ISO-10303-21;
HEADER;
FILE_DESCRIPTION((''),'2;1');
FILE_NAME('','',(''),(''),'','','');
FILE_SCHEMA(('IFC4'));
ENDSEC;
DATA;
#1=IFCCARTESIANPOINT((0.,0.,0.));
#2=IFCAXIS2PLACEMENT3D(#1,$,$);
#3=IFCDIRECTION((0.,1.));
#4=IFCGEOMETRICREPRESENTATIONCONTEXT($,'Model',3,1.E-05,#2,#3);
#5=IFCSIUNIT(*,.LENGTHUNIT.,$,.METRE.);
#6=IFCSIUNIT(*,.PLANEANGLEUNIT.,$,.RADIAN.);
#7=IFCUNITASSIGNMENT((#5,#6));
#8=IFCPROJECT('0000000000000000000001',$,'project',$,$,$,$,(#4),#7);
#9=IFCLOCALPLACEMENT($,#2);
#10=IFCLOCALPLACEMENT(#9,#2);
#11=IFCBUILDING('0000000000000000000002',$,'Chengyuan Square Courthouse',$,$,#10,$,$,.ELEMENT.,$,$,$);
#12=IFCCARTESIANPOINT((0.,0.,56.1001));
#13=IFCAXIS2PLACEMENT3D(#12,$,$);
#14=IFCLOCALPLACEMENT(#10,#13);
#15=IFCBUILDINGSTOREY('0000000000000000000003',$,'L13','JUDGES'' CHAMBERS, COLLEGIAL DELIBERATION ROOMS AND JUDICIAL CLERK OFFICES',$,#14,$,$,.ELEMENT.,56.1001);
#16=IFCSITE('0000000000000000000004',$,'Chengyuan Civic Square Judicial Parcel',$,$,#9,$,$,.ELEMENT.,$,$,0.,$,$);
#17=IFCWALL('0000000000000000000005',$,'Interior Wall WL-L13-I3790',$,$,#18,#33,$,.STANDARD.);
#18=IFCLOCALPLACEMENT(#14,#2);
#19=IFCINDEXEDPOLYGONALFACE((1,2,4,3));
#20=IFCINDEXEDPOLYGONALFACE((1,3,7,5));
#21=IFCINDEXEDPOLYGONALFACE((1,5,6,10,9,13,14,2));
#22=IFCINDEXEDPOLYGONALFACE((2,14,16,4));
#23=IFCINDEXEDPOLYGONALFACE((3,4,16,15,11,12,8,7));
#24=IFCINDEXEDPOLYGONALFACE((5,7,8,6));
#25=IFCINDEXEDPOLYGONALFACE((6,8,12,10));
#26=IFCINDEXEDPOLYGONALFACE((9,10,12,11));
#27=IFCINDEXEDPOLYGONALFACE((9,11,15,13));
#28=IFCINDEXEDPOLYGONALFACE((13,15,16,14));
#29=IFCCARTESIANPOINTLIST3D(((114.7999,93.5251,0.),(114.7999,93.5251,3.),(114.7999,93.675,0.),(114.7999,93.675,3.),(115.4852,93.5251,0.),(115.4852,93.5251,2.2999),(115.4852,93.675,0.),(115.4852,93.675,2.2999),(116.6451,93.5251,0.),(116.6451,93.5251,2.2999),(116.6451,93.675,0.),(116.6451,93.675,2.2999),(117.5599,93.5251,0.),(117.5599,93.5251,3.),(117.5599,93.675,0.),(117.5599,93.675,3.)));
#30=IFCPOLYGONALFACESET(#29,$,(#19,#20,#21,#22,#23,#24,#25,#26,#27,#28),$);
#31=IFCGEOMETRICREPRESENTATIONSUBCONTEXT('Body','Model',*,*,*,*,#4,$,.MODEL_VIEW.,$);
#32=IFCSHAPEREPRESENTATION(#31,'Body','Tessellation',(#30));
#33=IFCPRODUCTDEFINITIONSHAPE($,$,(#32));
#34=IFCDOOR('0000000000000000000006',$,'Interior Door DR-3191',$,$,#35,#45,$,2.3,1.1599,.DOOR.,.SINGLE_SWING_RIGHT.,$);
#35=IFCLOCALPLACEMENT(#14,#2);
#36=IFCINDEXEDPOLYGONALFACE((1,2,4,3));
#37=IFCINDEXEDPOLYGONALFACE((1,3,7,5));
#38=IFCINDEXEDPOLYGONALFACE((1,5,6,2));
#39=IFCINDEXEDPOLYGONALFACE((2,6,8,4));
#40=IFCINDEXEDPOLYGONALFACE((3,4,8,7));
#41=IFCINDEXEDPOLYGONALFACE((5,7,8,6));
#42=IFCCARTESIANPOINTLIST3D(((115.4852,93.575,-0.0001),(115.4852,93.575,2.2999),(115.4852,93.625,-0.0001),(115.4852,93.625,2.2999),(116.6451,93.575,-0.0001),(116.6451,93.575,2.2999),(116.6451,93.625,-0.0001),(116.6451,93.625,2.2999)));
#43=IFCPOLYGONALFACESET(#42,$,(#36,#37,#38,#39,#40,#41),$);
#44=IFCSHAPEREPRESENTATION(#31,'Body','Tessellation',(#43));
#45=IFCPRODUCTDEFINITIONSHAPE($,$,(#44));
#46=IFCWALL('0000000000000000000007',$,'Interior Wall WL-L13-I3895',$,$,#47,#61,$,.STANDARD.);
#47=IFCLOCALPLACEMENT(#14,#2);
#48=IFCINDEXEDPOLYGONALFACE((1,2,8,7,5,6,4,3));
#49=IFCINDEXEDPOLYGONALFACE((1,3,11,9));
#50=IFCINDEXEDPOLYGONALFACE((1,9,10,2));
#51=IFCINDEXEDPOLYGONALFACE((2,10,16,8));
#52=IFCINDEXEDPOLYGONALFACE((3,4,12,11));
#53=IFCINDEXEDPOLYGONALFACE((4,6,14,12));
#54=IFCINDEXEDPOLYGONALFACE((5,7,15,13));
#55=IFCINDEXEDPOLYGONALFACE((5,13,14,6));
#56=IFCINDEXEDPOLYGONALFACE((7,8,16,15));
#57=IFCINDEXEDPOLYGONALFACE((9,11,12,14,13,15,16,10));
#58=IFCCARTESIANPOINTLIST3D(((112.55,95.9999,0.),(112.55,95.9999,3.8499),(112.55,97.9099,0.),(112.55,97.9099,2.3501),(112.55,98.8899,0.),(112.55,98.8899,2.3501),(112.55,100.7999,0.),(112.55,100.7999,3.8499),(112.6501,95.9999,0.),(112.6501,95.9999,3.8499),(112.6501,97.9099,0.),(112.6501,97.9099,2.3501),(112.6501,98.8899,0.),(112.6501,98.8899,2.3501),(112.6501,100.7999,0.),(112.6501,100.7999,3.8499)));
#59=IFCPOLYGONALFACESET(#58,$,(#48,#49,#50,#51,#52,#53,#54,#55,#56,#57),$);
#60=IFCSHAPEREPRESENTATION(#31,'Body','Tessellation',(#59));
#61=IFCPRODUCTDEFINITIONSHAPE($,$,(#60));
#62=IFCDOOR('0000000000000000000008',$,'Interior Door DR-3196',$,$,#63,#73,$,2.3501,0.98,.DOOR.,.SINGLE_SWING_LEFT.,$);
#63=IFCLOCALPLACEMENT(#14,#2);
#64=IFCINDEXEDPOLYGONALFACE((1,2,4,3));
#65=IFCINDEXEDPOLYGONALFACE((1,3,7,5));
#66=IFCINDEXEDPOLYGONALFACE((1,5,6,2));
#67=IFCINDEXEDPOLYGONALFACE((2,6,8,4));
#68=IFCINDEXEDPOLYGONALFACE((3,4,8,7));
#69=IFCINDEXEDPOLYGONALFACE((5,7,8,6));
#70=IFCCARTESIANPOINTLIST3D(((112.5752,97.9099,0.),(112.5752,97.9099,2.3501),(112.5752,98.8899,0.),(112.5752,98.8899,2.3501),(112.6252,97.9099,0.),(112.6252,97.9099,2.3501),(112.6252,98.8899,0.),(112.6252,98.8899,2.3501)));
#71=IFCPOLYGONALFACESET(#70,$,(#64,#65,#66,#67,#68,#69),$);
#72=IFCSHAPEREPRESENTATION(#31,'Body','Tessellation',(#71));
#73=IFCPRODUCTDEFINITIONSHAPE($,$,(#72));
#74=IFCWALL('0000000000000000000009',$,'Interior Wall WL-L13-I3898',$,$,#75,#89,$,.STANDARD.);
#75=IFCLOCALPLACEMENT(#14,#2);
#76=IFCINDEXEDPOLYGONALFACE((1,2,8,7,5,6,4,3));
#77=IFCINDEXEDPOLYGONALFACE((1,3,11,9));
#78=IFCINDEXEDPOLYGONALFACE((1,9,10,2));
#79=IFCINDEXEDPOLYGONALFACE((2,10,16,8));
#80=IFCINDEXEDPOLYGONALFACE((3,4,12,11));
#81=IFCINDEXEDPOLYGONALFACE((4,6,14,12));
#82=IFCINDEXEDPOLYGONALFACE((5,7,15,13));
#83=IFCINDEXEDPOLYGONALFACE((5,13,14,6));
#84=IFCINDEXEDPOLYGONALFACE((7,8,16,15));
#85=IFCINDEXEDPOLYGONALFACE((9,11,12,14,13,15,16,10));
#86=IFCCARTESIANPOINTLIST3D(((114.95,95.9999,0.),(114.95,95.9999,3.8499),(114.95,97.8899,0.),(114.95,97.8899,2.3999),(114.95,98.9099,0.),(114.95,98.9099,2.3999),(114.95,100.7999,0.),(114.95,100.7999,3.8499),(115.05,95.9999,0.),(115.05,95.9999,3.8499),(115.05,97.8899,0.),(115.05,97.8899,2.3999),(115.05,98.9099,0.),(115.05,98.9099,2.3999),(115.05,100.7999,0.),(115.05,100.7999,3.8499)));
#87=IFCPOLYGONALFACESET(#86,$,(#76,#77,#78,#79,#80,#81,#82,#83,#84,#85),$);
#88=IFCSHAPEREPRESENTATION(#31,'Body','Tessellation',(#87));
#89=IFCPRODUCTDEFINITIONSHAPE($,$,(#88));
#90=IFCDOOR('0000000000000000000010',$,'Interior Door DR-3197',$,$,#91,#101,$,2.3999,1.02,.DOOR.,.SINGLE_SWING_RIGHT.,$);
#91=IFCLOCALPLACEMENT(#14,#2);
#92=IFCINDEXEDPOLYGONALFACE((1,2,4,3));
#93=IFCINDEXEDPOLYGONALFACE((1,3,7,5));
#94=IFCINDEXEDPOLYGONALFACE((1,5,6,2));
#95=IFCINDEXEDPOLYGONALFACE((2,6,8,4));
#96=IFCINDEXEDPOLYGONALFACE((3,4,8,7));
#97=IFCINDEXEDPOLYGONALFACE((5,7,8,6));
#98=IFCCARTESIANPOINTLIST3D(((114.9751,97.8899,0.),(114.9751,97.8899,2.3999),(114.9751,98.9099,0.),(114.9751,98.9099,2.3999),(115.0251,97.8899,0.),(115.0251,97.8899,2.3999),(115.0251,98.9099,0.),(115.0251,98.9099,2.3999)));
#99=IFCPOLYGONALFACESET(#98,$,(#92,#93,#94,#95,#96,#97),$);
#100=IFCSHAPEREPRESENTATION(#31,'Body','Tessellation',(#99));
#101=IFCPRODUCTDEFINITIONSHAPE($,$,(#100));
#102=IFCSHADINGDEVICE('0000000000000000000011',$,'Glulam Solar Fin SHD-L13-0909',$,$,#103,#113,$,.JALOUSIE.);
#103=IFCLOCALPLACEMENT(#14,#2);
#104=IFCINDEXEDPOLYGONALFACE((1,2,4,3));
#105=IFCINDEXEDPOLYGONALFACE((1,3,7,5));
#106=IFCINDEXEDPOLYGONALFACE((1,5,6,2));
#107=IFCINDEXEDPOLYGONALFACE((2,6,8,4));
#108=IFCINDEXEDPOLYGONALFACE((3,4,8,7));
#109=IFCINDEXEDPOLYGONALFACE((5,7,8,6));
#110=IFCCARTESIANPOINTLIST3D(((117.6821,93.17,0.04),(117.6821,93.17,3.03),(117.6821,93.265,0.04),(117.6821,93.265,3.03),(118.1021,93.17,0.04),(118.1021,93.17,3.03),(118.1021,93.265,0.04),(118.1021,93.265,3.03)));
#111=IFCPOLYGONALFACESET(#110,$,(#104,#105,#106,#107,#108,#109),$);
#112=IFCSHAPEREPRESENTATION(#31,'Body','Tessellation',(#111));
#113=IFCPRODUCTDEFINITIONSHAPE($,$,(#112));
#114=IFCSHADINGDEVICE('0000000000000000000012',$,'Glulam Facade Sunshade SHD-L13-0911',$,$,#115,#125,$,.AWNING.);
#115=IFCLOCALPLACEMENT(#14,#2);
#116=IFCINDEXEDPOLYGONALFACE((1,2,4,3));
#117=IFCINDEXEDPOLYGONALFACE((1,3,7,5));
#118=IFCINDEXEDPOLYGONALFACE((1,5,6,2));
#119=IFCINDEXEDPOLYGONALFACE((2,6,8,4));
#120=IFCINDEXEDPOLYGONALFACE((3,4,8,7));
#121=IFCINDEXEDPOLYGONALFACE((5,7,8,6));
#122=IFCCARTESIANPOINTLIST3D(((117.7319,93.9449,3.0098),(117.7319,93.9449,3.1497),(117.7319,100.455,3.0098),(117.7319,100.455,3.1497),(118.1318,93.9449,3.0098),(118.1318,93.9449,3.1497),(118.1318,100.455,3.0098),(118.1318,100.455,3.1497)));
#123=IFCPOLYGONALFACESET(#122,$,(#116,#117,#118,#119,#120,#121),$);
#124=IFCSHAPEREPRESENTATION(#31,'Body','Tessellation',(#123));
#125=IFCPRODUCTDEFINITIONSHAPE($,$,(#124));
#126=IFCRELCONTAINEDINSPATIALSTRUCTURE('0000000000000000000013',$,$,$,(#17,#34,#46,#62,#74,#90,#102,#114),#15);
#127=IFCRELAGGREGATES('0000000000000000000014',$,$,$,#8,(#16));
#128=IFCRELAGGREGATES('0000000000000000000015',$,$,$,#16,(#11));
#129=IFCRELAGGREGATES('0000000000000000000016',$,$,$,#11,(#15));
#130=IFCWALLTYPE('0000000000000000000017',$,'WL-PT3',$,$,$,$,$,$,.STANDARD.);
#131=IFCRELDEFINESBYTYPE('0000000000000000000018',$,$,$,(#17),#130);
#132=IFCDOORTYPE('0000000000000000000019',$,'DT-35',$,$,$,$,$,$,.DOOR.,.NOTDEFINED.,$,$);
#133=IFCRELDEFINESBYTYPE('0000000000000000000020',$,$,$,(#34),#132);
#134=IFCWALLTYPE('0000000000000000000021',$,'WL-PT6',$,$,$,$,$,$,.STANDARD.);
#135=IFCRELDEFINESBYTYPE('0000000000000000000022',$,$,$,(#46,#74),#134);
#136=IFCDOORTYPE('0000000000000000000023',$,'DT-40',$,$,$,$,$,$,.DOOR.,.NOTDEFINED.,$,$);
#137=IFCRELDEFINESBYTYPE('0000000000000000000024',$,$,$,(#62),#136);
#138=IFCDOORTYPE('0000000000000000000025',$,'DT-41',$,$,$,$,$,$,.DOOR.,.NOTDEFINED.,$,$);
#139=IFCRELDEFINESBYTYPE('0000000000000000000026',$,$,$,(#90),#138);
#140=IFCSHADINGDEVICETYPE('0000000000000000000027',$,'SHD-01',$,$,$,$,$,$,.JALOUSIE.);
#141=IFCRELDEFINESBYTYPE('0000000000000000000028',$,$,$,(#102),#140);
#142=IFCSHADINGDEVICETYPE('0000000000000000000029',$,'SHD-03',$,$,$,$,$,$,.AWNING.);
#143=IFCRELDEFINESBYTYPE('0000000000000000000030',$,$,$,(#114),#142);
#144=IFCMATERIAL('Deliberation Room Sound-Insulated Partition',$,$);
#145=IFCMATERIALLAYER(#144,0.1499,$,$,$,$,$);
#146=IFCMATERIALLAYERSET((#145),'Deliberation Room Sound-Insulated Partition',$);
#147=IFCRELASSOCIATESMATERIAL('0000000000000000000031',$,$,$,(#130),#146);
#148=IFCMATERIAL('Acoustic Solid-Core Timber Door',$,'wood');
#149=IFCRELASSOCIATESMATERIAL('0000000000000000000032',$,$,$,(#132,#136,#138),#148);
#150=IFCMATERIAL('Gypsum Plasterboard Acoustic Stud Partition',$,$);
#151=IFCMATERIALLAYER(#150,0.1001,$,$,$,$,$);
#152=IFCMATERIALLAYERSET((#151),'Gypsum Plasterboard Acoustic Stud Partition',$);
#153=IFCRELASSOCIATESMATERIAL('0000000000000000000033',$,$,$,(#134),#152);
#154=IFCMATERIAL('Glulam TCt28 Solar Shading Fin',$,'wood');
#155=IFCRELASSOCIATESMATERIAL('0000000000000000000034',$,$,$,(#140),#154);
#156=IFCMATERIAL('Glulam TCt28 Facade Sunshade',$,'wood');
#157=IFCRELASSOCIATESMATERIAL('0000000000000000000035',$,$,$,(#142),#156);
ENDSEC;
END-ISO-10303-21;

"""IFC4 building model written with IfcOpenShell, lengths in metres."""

from ifc_helpers import new_model, si_unit, direction, frame, frame_2d, origin, origin_2d, place, context, subcontext, project, spatial, rectangle, extrude, material, layer, layer_set, type_object, element, fill, save


model = new_model("IFC4")

# Units and contexts
model_context = context("Model", 3, precision=1e-05, world=origin(), true_north=direction((0.0, 1.0)))
body_context = subcontext(model_context, "Body", "Model", "MODEL_VIEW")
ifc_project = project(units=[si_unit("LENGTHUNIT", "METRE"), si_unit("PLANEANGLEUNIT", "RADIAN")], contexts=[model_context])

# Site, building, storey
site_placement = place(None, origin())
site = spatial("IfcSite", under=ifc_project, at=site_placement, Name="Chengyuan Civic Square Judicial Parcel", CompositionType="ELEMENT", RefElevation=0.0)
building_placement = place(site_placement, origin())
building = spatial("IfcBuilding", under=site, at=building_placement, Name="Chengyuan Square Courthouse", CompositionType="ELEMENT")
storey_placement = place(building_placement, frame((0.0, 0.0, 56.1001)))
storey = spatial("IfcBuildingStorey", under=building, at=storey_placement, Name="L13", Description="JUDGES' CHAMBERS, COLLEGIAL DELIBERATION ROOMS AND JUDICIAL CLERK OFFICES", CompositionType="ELEMENT", Elevation=56.1001)

# Walls, openings, doors
ifc_material_1 = material(Name="Deliberation Room Sound-Insulated Partition")
ifc_layer_1 = layer(ifc_material_1, 0.1499)
ifc_layer_set_1 = layer_set([ifc_layer_1], Name="Deliberation Room Sound-Insulated Partition")
wall_type_1 = type_object("IfcWallType", Name="WL-PT3", PredefinedType="STANDARD", material=ifc_layer_set_1)
wall_1_placement = place(storey_placement, frame((114.8, 93.6001, 0.0), z_axis=(0.0, 0.0, 1.0), x_axis=(1.0, 0.0, 0.0)))
wall_1 = element("IfcWall", 1, at=wall_1_placement, inside=storey, type_object=wall_type_1, Name="Interior Wall WL-L13-I3790", PredefinedType="STANDARD", context=body_context, shape_type="SweptSolid", body=[
    extrude(rectangle(XDim=2.76, YDim=0.1499, at=frame_2d((1.3799, 0.0))), origin(), (0.0, 0.0, 1.0), 3.0),
])
opening_1_placement = place(wall_1_placement, frame((0.6851, 0.0, 0.0)))
opening_1 = element("IfcOpeningElement", 2, at=opening_1_placement, cuts=wall_1, PredefinedType="OPENING", context=body_context, shape_type="SweptSolid", body=[
    extrude(rectangle(XDim=1.1599, YDim=2.3, at=frame_2d((0.5801, 1.1499))), frame((0.0, 0.0869, 0.0), z_axis=(0.0, -1.0, 0.0), x_axis=(1.0, 0.0, 0.0)), (0.0, 0.0, 1.0), 0.1738),
])
ifc_material_2 = material(Name="Acoustic Solid-Core Timber Door", Category="wood")
door_type_1 = type_object("IfcDoorType", Name="DT-35", OperationType="NOTDEFINED", PredefinedType="DOOR", material=ifc_material_2)
door_1_placement = place(opening_1_placement, origin())
door_1 = element("IfcDoor", 3, at=door_1_placement, inside=storey, type_object=door_type_1, Name="Interior Door DR-3191", OperationType="SINGLE_SWING_RIGHT", OverallHeight=2.3, OverallWidth=1.1599, PredefinedType="DOOR", context=body_context, shape_type="SweptSolid", body=[
    extrude(rectangle(XDim=1.1599, YDim=2.3, at=frame_2d((0.5801, 1.1499))), frame((0.0, 0.0249, 0.0), z_axis=(0.0, -1.0, 0.0), x_axis=(1.0, 0.0, 0.0)), (0.0, 0.0, 1.0), 0.05),
])
fill(opening_1, door_1)
ifc_material_3 = material(Name="Gypsum Plasterboard Acoustic Stud Partition")
ifc_layer_2 = layer(ifc_material_3, 0.1001)
ifc_layer_set_2 = layer_set([ifc_layer_2], Name="Gypsum Plasterboard Acoustic Stud Partition")
wall_type_2 = type_object("IfcWallType", Name="WL-PT6", PredefinedType="STANDARD", material=ifc_layer_set_2)
wall_2_placement = place(storey_placement, frame((112.6001, 96.0, 0.0), z_axis=(0.0, 0.0, 1.0), x_axis=(0.0, 1.0, 0.0)))
wall_2 = element("IfcWall", 4, at=wall_2_placement, inside=storey, type_object=wall_type_2, Name="Interior Wall WL-L13-I3895", PredefinedType="STANDARD", context=body_context, shape_type="SweptSolid", body=[
    extrude(rectangle(XDim=4.8, YDim=0.1001, at=frame_2d((2.3999, 0.0))), origin(), (0.0, 0.0, 1.0), 3.8499),
])
opening_2_placement = place(wall_2_placement, frame((1.9099, 0.0, 0.0)))
opening_2 = element("IfcOpeningElement", 5, at=opening_2_placement, cuts=wall_2, PredefinedType="OPENING", context=body_context, shape_type="SweptSolid", body=[
    extrude(rectangle(XDim=0.98, YDim=2.3501, at=frame_2d((0.49, 1.175))), frame((0.0, 0.062, 0.0), z_axis=(0.0, -1.0, 0.0), x_axis=(1.0, 0.0, 0.0)), (0.0, 0.0, 1.0), 0.124),
])
door_type_2 = type_object("IfcDoorType", Name="DT-40", OperationType="NOTDEFINED", PredefinedType="DOOR", material=ifc_material_2)
door_2_placement = place(opening_2_placement, origin())
door_2 = element("IfcDoor", 6, at=door_2_placement, inside=storey, type_object=door_type_2, Name="Interior Door DR-3196", OperationType="SINGLE_SWING_LEFT", OverallHeight=2.3501, OverallWidth=0.98, PredefinedType="DOOR", context=body_context, shape_type="SweptSolid", body=[
    extrude(rectangle(XDim=0.98, YDim=2.3501, at=frame_2d((0.49, 1.175))), frame((0.0, 0.0249, 0.0), z_axis=(0.0, -1.0, 0.0), x_axis=(1.0, 0.0, 0.0)), (0.0, 0.0, 1.0), 0.05),
])
fill(opening_2, door_2)
wall_3_placement = place(storey_placement, frame((115.0, 96.0, 0.0), z_axis=(0.0, 0.0, 1.0), x_axis=(0.0, 1.0, 0.0)))
wall_3 = element("IfcWall", 7, at=wall_3_placement, inside=storey, type_object=wall_type_2, Name="Interior Wall WL-L13-I3898", PredefinedType="STANDARD", context=body_context, shape_type="SweptSolid", body=[
    extrude(rectangle(XDim=4.8, YDim=0.1001, at=frame_2d((2.3999, 0.0))), origin(), (0.0, 0.0, 1.0), 3.8499),
])
opening_3_placement = place(wall_3_placement, frame((1.8899, 0.0, 0.0)))
opening_3 = element("IfcOpeningElement", 8, at=opening_3_placement, cuts=wall_3, PredefinedType="OPENING", context=body_context, shape_type="SweptSolid", body=[
    extrude(rectangle(XDim=1.02, YDim=2.3999, at=frame_2d((0.51, 1.2))), frame((0.0, 0.062, 0.0), z_axis=(0.0, -1.0, 0.0), x_axis=(1.0, 0.0, 0.0)), (0.0, 0.0, 1.0), 0.124),
])
door_type_3 = type_object("IfcDoorType", Name="DT-41", OperationType="NOTDEFINED", PredefinedType="DOOR", material=ifc_material_2)
door_3_placement = place(opening_3_placement, origin())
door_3 = element("IfcDoor", 9, at=door_3_placement, inside=storey, type_object=door_type_3, Name="Interior Door DR-3197", OperationType="SINGLE_SWING_RIGHT", OverallHeight=2.3999, OverallWidth=1.02, PredefinedType="DOOR", context=body_context, shape_type="SweptSolid", body=[
    extrude(rectangle(XDim=1.02, YDim=2.3999, at=frame_2d((0.51, 1.2))), frame((0.0, 0.0249, 0.0), z_axis=(0.0, -1.0, 0.0), x_axis=(1.0, 0.0, 0.0)), (0.0, 0.0, 1.0), 0.05),
])
fill(opening_3, door_3)

# Shading devices
ifc_material_4 = material(Name="Glulam TCt28 Solar Shading Fin", Category="wood")
shading_device_type_1 = type_object("IfcShadingDeviceType", Name="SHD-01", PredefinedType="JALOUSIE", material=ifc_material_4)
shading_device_1_placement = place(storey_placement, frame((117.8921, 93.2175, 0.04), z_axis=(0.0, 0.0, 1.0), x_axis=(1.0, 0.0, 0.0)))
element("IfcShadingDevice", 10, at=shading_device_1_placement, inside=storey, type_object=shading_device_type_1, Name="Glulam Solar Fin SHD-L13-0909", PredefinedType="JALOUSIE", context=body_context, shape_type="SweptSolid", body=[
    extrude(rectangle(XDim=0.4199, YDim=0.095, at=origin_2d()), origin(), (0.0, 0.0, 1.0), 2.99),
])
ifc_material_5 = material(Name="Glulam TCt28 Facade Sunshade", Category="wood")
shading_device_type_2 = type_object("IfcShadingDeviceType", Name="SHD-03", PredefinedType="AWNING", material=ifc_material_5)
shading_device_2_placement = place(storey_placement, frame((117.9319, 97.2, 3.0098), z_axis=(0.0, 0.0, 1.0), x_axis=(0.0, 1.0, 0.0)))
element("IfcShadingDevice", 11, at=shading_device_2_placement, inside=storey, type_object=shading_device_type_2, Name="Glulam Facade Sunshade SHD-L13-0911", PredefinedType="AWNING", context=body_context, shape_type="SweptSolid", body=[
    extrude(rectangle(XDim=6.51, YDim=0.3999, at=origin_2d()), origin(), (0.0, 0.0, 1.0), 0.1399),
])

save(model, "model.ifc")
